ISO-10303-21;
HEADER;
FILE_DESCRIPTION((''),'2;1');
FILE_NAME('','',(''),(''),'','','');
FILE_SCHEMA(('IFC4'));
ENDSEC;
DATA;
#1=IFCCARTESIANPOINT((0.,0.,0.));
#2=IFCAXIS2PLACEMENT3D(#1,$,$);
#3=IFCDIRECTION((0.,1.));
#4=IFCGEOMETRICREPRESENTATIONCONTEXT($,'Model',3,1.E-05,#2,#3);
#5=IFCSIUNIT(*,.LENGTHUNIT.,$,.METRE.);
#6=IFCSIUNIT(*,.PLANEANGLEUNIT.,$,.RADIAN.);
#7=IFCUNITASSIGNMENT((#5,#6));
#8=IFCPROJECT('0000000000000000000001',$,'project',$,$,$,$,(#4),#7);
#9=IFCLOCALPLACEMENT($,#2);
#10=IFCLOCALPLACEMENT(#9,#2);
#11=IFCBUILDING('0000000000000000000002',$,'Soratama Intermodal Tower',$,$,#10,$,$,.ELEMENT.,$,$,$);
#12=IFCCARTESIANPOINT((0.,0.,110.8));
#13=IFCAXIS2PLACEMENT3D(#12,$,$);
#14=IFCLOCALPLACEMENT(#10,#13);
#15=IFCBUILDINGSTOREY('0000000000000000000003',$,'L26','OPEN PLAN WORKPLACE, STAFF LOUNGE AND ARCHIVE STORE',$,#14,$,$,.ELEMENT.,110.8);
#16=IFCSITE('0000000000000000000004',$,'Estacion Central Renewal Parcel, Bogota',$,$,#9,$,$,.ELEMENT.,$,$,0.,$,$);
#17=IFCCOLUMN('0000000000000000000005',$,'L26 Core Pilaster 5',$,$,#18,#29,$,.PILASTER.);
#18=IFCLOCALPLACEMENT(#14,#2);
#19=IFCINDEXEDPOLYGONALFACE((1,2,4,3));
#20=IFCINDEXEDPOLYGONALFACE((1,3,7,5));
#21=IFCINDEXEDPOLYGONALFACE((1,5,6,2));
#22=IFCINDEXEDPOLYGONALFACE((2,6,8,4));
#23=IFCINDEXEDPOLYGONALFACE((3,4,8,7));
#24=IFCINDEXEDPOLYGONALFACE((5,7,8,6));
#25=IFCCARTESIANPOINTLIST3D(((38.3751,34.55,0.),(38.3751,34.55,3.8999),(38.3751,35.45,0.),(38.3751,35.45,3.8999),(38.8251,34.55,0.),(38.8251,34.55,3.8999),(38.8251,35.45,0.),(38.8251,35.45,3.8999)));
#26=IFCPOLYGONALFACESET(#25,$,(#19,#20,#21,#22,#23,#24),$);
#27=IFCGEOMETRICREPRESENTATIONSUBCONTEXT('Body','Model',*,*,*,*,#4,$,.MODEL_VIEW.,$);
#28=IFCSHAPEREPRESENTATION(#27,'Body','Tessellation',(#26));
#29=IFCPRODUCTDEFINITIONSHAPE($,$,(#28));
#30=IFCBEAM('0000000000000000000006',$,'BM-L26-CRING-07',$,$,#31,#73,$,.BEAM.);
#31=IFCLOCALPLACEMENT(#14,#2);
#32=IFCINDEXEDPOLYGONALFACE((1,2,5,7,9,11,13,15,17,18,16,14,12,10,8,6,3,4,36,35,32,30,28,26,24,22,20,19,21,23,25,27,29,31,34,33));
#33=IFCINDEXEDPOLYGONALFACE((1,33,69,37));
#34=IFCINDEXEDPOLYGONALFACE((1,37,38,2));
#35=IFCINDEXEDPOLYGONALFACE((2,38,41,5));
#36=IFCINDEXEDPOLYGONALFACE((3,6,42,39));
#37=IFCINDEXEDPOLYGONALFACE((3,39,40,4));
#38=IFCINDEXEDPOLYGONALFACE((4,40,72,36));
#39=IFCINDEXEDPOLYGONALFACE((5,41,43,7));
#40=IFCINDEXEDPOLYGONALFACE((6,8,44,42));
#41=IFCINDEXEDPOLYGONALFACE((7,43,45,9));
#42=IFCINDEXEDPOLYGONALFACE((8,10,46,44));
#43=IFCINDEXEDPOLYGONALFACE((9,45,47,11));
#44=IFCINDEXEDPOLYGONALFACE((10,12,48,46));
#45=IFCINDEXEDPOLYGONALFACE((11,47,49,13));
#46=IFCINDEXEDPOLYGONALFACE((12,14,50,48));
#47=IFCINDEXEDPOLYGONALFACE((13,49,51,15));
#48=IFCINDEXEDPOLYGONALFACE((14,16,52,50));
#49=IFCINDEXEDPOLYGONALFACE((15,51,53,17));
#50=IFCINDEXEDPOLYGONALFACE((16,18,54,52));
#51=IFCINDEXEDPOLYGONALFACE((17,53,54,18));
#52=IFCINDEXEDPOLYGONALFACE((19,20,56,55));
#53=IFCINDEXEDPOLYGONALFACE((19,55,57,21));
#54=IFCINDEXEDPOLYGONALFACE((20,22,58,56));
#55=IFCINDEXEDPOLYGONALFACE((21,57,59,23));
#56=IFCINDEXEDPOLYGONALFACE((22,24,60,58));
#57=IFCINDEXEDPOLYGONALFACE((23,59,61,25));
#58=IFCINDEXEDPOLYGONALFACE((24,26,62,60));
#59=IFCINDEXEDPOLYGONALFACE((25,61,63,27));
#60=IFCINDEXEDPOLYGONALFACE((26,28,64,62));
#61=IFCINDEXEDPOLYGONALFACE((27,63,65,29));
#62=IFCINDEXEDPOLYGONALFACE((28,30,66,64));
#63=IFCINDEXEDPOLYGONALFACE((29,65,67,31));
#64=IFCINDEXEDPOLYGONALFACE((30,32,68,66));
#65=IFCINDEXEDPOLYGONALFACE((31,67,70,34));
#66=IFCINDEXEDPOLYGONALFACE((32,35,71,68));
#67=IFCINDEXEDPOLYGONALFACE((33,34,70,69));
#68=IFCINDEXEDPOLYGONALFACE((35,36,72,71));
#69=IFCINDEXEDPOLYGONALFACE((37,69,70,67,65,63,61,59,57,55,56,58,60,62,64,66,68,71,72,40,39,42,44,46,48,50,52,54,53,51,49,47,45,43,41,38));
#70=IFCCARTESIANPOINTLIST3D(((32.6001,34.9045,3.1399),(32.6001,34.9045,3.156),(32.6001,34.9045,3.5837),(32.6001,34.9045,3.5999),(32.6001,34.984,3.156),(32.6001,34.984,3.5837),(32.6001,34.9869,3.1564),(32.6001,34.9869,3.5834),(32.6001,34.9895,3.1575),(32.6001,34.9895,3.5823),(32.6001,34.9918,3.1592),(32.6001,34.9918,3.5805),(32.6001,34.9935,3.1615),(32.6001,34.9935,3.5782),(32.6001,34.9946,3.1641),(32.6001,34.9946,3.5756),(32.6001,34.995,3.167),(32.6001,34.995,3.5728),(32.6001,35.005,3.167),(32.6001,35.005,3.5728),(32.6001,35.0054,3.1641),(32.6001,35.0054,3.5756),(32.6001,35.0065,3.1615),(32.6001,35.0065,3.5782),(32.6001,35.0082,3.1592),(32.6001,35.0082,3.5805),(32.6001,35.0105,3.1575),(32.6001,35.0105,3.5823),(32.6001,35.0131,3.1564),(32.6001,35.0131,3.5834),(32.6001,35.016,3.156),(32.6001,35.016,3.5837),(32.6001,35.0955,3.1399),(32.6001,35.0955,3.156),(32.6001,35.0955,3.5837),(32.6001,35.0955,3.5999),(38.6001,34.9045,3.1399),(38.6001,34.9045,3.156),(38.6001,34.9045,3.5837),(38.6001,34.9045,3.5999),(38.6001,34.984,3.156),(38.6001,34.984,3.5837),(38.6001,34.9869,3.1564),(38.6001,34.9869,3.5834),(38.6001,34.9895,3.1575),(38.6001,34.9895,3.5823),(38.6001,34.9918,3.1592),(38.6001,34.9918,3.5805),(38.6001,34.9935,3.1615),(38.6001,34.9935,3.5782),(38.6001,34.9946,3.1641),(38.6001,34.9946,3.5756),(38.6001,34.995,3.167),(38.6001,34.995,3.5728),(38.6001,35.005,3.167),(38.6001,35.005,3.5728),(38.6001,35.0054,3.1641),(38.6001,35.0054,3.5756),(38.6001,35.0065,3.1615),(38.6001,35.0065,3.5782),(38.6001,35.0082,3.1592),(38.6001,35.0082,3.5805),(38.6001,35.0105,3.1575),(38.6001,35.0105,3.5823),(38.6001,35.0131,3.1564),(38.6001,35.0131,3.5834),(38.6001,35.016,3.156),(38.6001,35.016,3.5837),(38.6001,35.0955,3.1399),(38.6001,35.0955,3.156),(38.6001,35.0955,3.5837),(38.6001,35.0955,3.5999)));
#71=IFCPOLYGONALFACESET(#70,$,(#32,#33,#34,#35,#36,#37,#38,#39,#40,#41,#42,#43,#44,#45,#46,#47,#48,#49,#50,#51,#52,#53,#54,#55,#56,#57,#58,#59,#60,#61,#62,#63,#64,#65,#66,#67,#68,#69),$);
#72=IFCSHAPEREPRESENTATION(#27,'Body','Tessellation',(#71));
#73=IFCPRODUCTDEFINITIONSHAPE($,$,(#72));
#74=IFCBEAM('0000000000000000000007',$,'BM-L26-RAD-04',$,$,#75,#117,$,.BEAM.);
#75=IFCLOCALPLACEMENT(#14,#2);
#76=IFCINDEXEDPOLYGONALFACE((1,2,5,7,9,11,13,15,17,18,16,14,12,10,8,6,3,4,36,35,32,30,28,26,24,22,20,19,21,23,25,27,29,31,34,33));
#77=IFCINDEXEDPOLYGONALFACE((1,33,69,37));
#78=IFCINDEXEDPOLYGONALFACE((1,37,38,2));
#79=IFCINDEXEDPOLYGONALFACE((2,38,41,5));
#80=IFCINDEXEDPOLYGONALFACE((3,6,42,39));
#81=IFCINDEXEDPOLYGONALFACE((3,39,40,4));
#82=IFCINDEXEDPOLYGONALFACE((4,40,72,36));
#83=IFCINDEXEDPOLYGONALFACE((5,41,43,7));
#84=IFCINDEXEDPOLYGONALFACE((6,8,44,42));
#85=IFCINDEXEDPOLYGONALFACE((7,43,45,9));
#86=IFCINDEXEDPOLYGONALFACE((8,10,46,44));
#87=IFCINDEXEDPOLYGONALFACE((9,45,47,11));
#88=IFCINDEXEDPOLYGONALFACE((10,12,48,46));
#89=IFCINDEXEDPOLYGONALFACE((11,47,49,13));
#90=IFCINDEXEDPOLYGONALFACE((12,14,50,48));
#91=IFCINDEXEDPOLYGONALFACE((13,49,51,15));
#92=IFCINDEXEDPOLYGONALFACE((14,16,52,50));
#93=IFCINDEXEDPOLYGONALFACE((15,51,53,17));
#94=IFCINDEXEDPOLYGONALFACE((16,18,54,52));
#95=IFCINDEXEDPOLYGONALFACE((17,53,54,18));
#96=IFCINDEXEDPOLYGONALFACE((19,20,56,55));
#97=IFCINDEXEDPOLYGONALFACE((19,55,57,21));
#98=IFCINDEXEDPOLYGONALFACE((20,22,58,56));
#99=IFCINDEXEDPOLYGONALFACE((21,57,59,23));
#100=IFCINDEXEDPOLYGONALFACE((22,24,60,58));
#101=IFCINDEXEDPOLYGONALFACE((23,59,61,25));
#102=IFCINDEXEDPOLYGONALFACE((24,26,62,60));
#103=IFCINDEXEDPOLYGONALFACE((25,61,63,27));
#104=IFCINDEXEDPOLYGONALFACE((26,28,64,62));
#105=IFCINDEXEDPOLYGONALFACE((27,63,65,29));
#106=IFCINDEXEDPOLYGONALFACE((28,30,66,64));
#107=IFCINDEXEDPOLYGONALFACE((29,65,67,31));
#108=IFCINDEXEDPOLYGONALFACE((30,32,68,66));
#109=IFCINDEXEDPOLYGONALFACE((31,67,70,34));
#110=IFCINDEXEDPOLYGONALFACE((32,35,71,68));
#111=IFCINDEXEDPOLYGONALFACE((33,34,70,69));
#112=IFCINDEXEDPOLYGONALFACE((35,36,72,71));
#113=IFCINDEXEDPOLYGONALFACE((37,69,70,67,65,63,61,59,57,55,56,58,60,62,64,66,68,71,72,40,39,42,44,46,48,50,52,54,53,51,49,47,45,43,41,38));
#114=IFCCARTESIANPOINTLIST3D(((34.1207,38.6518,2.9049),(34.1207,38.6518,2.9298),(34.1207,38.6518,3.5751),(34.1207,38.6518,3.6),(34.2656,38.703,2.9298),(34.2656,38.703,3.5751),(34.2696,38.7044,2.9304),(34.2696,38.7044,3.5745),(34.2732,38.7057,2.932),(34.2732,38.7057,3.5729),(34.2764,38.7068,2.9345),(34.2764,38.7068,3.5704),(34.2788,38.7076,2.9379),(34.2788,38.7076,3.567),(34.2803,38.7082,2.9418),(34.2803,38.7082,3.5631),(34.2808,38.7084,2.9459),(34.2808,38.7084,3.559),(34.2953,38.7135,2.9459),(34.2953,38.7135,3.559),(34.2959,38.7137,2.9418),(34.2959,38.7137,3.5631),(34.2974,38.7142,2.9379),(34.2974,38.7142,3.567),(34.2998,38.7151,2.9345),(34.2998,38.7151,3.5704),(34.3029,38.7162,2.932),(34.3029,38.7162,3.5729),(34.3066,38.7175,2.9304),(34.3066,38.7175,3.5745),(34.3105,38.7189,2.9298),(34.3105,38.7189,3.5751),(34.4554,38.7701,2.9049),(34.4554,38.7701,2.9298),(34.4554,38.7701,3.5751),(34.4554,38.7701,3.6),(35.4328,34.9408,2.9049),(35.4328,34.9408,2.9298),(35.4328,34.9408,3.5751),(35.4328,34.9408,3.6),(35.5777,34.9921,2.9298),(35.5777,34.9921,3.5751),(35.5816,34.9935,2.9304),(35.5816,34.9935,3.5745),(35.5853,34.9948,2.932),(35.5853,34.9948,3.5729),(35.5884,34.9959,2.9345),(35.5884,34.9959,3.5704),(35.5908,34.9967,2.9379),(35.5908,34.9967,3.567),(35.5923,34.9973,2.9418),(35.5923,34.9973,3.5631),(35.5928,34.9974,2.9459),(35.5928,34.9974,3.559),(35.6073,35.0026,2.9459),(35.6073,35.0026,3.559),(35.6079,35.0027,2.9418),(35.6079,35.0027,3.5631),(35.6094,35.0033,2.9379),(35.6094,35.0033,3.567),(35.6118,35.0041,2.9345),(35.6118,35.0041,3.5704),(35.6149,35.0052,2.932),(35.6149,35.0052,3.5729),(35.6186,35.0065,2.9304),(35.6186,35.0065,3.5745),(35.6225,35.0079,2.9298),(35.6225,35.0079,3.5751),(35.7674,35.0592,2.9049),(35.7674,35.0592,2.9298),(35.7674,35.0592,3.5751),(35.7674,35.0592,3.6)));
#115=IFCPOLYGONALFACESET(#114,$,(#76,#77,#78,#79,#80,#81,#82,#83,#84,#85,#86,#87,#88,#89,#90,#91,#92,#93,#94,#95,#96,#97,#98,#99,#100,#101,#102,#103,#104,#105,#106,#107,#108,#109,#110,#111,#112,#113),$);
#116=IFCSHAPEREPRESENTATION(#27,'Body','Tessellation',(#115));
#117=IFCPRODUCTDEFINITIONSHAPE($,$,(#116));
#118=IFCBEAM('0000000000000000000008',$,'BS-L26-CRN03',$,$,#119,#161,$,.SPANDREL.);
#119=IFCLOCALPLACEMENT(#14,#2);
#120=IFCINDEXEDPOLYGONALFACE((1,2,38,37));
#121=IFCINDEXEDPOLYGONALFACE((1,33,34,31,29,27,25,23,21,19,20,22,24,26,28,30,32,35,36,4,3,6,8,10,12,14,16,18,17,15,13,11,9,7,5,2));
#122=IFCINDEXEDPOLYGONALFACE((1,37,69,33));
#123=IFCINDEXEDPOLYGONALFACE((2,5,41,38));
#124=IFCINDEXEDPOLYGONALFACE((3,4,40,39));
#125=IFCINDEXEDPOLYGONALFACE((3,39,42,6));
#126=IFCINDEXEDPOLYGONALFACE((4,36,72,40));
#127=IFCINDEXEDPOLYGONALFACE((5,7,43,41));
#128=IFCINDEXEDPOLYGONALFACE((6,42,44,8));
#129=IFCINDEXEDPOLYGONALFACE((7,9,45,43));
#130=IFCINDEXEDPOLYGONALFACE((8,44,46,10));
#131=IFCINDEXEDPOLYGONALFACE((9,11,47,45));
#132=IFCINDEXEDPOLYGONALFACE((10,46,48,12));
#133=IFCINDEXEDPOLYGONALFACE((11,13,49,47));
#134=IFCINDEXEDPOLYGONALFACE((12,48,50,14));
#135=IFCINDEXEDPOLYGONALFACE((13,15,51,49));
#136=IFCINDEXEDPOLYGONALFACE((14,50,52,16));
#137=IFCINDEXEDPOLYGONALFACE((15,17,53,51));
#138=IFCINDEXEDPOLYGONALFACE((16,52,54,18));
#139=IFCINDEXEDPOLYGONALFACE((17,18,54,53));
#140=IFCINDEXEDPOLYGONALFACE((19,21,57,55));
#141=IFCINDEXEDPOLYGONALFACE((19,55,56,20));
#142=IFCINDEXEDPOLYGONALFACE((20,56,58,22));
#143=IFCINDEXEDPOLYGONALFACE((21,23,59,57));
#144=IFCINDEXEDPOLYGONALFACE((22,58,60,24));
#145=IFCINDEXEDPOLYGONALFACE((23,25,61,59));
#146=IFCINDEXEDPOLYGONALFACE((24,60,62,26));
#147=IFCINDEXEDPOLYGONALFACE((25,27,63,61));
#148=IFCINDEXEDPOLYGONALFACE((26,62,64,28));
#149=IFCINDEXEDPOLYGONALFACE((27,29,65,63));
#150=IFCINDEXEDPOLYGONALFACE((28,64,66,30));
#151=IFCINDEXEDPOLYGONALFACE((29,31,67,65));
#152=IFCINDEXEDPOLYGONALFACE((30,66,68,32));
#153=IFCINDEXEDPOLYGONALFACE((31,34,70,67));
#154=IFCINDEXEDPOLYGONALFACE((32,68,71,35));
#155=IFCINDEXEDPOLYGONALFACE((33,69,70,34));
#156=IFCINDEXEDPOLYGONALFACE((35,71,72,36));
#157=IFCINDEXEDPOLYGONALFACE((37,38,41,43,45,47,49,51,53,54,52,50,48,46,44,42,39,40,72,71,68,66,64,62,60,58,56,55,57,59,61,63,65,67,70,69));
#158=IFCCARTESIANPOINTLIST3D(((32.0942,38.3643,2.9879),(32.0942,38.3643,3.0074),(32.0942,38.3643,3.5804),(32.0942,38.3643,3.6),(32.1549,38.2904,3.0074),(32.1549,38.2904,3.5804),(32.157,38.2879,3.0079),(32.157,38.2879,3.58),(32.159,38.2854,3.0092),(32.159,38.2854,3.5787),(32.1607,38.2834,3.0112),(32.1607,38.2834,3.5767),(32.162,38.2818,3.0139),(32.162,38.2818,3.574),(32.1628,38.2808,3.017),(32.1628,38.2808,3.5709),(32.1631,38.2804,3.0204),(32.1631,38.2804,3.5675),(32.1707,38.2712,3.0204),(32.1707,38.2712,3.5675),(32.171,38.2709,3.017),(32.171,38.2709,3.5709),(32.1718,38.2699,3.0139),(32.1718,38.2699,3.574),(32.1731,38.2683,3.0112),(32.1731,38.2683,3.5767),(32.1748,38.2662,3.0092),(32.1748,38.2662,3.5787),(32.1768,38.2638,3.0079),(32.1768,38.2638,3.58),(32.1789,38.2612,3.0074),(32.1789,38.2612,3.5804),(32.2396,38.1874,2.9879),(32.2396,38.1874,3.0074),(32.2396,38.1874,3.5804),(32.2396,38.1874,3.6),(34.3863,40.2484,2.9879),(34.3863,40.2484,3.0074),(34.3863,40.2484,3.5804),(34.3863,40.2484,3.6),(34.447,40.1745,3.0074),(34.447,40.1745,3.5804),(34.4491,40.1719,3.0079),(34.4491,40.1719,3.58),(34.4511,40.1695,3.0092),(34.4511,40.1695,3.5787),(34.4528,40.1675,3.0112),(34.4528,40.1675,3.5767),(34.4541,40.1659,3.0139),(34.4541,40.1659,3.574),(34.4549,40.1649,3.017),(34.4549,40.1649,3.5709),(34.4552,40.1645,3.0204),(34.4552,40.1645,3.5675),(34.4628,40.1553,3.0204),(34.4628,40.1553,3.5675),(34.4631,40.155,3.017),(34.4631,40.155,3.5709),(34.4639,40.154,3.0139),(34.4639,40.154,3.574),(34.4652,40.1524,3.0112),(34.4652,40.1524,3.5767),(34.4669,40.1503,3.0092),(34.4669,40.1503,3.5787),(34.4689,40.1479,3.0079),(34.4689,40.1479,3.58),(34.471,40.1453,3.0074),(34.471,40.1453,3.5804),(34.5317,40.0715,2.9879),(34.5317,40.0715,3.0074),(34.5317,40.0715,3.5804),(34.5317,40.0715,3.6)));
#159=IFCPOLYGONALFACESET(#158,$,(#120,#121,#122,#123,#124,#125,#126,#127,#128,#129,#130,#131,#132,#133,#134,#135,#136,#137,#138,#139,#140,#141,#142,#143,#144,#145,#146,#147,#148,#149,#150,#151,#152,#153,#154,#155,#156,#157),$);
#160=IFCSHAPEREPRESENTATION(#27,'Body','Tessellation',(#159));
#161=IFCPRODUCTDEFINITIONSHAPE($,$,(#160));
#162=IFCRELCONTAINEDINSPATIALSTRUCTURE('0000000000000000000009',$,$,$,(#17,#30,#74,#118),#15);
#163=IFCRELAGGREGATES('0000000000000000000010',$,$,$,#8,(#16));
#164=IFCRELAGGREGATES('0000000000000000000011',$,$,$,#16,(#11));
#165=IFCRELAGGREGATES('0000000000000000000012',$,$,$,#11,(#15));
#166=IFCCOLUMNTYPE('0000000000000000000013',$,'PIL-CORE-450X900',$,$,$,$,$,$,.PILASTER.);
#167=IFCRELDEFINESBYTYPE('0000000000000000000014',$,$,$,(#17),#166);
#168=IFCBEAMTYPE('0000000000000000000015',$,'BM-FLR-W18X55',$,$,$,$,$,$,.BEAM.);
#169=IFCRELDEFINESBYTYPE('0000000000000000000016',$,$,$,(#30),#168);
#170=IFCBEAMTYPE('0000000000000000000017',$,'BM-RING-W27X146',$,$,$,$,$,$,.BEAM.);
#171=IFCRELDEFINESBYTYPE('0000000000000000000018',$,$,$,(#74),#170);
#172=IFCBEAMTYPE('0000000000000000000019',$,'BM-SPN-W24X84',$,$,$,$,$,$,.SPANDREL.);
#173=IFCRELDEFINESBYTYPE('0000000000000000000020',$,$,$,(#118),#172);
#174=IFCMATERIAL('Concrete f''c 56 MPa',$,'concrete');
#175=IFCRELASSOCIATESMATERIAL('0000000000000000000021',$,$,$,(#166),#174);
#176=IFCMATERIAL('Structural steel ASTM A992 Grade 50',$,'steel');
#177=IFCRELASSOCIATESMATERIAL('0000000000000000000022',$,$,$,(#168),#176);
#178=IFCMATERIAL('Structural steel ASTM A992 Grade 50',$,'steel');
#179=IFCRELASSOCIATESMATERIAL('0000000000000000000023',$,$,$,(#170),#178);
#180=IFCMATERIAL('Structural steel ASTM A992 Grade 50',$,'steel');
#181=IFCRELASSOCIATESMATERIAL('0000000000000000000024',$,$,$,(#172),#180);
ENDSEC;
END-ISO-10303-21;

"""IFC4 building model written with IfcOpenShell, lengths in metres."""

from ifc_helpers import new_model, si_unit, direction, frame, origin, origin_2d, place, context, subcontext, project, spatial, rectangle, i_section, extrude, material, material_profile, profile_set, type_object, element, save


model = new_model("IFC4")

# Units and contexts
model_context = context("Model", 3, precision=1e-05, world=origin(), true_north=direction((0.0, 1.0)))
body_context = subcontext(model_context, "Body", "Model", "MODEL_VIEW")
ifc_project = project(units=[si_unit("LENGTHUNIT", "METRE"), si_unit("PLANEANGLEUNIT", "RADIAN")], contexts=[model_context])

# Site, building, storey
site_placement = place(None, origin())
site = spatial("IfcSite", under=ifc_project, at=site_placement, Name="Estacion Central Renewal Parcel, Bogota", CompositionType="ELEMENT", RefElevation=0.0)
building_placement = place(site_placement, origin())
building = spatial("IfcBuilding", under=site, at=building_placement, Name="Soratama Intermodal Tower", CompositionType="ELEMENT")
storey_placement = place(building_placement, frame((0.0, 0.0, 110.8)))
storey = spatial("IfcBuildingStorey", under=building, at=storey_placement, Name="L26", Description="OPEN PLAN WORKPLACE, STAFF LOUNGE AND ARCHIVE STORE", CompositionType="ELEMENT", Elevation=110.8)

# Column
ifc_material_1 = material(Name="Concrete f'c 56 MPa", Category="concrete")
ifc_material_profile_1 = material_profile(ifc_material_1, rectangle(XDim=0.45, YDim=0.8999, at=origin_2d()), Name="RC450X900")
ifc_profile_set_1 = profile_set([ifc_material_profile_1], Name="Concrete f'c 56 MPa")
column_type = type_object("IfcColumnType", Name="PIL-CORE-450X900", PredefinedType="PILASTER", material=ifc_profile_set_1)
column_placement = place(storey_placement, frame((38.6001, 35.0, 0.0), z_axis=(0.0, 0.0, 1.0), x_axis=(1.0, 0.0, 0.0)))
element("IfcColumn", 1, at=column_placement, inside=storey, type_object=column_type, Name="L26 Core Pilaster 5", PredefinedType="PILASTER", context=body_context, shape_type="SweptSolid", body=[
    extrude(rectangle(XDim=0.45, YDim=0.8999, at=origin_2d()), origin(), (0.0, 0.0, 1.0), 3.8999),
])

# Beams
ifc_material_2 = material(Name="Structural steel ASTM A992 Grade 50", Category="steel")
ifc_material_profile_2 = material_profile(ifc_material_2, i_section(OverallWidth=0.1909, OverallDepth=0.46, WebThickness=0.01, FlangeThickness=0.0161, FilletRadius=0.011, at=origin_2d()), Name="W18X55")
ifc_profile_set_2 = profile_set([ifc_material_profile_2], Name="Structural steel ASTM A992 Grade 50")
beam_type_1 = type_object("IfcBeamType", Name="BM-FLR-W18X55", PredefinedType="BEAM", material=ifc_profile_set_2)
beam_1_placement = place(storey_placement, frame((38.6001, 35.0, 3.3699), z_axis=(-1.0, 0.0, 0.0), x_axis=(0.0, -1.0, 0.0)))
element("IfcBeam", 2, at=beam_1_placement, inside=storey, type_object=beam_type_1, Name="BM-L26-CRING-07", PredefinedType="BEAM", context=body_context, shape_type="SweptSolid", body=[
    extrude(i_section(OverallWidth=0.1909, OverallDepth=0.46, WebThickness=0.01, FlangeThickness=0.0161, FilletRadius=0.011, at=origin_2d()), origin(), (0.0, 0.0, 1.0), 6.0),
])
ifc_material_3 = material(Name="Structural steel ASTM A992 Grade 50", Category="steel")
ifc_material_profile_3 = material_profile(ifc_material_3, i_section(OverallWidth=0.355, OverallDepth=0.6951, WebThickness=0.0154, FlangeThickness=0.0249, FilletRadius=0.0161, at=origin_2d()), Name="W27X146")
ifc_profile_set_3 = profile_set([ifc_material_profile_3], Name="Structural steel ASTM A992 Grade 50")
beam_type_2 = type_object("IfcBeamType", Name="BM-RING-W27X146", PredefinedType="BEAM", material=ifc_profile_set_3)
beam_2_placement = place(storey_placement, frame((35.6001, 35.0, 3.2524), z_axis=(-0.333333, 0.942809, 0.0), x_axis=(-0.942809, -0.333333, 0.0)))
element("IfcBeam", 3, at=beam_2_placement, inside=storey, type_object=beam_type_2, Name="BM-L26-RAD-04", PredefinedType="BEAM", context=body_context, shape_type="SweptSolid", body=[
    extrude(i_section(OverallWidth=0.355, OverallDepth=0.6951, WebThickness=0.0154, FlangeThickness=0.0249, FilletRadius=0.0161, at=origin_2d()), origin(), (0.0, 0.0, 1.0), 3.936),
])
ifc_material_4 = material(Name="Structural steel ASTM A992 Grade 50", Category="steel")
ifc_material_profile_4 = material_profile(ifc_material_4, i_section(OverallWidth=0.229, OverallDepth=0.6121, WebThickness=0.012, FlangeThickness=0.0195, FilletRadius=0.0129, at=origin_2d()), Name="W24X84")
ifc_profile_set_4 = profile_set([ifc_material_profile_4], Name="Structural steel ASTM A992 Grade 50")
beam_type_3 = type_object("IfcBeamType", Name="BM-SPN-W24X84", PredefinedType="SPANDREL", material=ifc_profile_set_4)
beam_3_placement = place(storey_placement, frame((34.459, 40.1599, 3.2939), z_axis=(-0.772507, -0.635006, 0.0), x_axis=(0.635006, -0.772507, 0.0)))
element("IfcBeam", 4, at=beam_3_placement, inside=storey, type_object=beam_type_3, Name="BS-L26-CRN03", PredefinedType="SPANDREL", context=body_context, shape_type="SweptSolid", body=[
    extrude(i_section(OverallWidth=0.229, OverallDepth=0.6121, WebThickness=0.012, FlangeThickness=0.0195, FilletRadius=0.0129, at=origin_2d()), origin(), (0.0, 0.0, 1.0), 2.967),
])

save(model, "model.ifc")
